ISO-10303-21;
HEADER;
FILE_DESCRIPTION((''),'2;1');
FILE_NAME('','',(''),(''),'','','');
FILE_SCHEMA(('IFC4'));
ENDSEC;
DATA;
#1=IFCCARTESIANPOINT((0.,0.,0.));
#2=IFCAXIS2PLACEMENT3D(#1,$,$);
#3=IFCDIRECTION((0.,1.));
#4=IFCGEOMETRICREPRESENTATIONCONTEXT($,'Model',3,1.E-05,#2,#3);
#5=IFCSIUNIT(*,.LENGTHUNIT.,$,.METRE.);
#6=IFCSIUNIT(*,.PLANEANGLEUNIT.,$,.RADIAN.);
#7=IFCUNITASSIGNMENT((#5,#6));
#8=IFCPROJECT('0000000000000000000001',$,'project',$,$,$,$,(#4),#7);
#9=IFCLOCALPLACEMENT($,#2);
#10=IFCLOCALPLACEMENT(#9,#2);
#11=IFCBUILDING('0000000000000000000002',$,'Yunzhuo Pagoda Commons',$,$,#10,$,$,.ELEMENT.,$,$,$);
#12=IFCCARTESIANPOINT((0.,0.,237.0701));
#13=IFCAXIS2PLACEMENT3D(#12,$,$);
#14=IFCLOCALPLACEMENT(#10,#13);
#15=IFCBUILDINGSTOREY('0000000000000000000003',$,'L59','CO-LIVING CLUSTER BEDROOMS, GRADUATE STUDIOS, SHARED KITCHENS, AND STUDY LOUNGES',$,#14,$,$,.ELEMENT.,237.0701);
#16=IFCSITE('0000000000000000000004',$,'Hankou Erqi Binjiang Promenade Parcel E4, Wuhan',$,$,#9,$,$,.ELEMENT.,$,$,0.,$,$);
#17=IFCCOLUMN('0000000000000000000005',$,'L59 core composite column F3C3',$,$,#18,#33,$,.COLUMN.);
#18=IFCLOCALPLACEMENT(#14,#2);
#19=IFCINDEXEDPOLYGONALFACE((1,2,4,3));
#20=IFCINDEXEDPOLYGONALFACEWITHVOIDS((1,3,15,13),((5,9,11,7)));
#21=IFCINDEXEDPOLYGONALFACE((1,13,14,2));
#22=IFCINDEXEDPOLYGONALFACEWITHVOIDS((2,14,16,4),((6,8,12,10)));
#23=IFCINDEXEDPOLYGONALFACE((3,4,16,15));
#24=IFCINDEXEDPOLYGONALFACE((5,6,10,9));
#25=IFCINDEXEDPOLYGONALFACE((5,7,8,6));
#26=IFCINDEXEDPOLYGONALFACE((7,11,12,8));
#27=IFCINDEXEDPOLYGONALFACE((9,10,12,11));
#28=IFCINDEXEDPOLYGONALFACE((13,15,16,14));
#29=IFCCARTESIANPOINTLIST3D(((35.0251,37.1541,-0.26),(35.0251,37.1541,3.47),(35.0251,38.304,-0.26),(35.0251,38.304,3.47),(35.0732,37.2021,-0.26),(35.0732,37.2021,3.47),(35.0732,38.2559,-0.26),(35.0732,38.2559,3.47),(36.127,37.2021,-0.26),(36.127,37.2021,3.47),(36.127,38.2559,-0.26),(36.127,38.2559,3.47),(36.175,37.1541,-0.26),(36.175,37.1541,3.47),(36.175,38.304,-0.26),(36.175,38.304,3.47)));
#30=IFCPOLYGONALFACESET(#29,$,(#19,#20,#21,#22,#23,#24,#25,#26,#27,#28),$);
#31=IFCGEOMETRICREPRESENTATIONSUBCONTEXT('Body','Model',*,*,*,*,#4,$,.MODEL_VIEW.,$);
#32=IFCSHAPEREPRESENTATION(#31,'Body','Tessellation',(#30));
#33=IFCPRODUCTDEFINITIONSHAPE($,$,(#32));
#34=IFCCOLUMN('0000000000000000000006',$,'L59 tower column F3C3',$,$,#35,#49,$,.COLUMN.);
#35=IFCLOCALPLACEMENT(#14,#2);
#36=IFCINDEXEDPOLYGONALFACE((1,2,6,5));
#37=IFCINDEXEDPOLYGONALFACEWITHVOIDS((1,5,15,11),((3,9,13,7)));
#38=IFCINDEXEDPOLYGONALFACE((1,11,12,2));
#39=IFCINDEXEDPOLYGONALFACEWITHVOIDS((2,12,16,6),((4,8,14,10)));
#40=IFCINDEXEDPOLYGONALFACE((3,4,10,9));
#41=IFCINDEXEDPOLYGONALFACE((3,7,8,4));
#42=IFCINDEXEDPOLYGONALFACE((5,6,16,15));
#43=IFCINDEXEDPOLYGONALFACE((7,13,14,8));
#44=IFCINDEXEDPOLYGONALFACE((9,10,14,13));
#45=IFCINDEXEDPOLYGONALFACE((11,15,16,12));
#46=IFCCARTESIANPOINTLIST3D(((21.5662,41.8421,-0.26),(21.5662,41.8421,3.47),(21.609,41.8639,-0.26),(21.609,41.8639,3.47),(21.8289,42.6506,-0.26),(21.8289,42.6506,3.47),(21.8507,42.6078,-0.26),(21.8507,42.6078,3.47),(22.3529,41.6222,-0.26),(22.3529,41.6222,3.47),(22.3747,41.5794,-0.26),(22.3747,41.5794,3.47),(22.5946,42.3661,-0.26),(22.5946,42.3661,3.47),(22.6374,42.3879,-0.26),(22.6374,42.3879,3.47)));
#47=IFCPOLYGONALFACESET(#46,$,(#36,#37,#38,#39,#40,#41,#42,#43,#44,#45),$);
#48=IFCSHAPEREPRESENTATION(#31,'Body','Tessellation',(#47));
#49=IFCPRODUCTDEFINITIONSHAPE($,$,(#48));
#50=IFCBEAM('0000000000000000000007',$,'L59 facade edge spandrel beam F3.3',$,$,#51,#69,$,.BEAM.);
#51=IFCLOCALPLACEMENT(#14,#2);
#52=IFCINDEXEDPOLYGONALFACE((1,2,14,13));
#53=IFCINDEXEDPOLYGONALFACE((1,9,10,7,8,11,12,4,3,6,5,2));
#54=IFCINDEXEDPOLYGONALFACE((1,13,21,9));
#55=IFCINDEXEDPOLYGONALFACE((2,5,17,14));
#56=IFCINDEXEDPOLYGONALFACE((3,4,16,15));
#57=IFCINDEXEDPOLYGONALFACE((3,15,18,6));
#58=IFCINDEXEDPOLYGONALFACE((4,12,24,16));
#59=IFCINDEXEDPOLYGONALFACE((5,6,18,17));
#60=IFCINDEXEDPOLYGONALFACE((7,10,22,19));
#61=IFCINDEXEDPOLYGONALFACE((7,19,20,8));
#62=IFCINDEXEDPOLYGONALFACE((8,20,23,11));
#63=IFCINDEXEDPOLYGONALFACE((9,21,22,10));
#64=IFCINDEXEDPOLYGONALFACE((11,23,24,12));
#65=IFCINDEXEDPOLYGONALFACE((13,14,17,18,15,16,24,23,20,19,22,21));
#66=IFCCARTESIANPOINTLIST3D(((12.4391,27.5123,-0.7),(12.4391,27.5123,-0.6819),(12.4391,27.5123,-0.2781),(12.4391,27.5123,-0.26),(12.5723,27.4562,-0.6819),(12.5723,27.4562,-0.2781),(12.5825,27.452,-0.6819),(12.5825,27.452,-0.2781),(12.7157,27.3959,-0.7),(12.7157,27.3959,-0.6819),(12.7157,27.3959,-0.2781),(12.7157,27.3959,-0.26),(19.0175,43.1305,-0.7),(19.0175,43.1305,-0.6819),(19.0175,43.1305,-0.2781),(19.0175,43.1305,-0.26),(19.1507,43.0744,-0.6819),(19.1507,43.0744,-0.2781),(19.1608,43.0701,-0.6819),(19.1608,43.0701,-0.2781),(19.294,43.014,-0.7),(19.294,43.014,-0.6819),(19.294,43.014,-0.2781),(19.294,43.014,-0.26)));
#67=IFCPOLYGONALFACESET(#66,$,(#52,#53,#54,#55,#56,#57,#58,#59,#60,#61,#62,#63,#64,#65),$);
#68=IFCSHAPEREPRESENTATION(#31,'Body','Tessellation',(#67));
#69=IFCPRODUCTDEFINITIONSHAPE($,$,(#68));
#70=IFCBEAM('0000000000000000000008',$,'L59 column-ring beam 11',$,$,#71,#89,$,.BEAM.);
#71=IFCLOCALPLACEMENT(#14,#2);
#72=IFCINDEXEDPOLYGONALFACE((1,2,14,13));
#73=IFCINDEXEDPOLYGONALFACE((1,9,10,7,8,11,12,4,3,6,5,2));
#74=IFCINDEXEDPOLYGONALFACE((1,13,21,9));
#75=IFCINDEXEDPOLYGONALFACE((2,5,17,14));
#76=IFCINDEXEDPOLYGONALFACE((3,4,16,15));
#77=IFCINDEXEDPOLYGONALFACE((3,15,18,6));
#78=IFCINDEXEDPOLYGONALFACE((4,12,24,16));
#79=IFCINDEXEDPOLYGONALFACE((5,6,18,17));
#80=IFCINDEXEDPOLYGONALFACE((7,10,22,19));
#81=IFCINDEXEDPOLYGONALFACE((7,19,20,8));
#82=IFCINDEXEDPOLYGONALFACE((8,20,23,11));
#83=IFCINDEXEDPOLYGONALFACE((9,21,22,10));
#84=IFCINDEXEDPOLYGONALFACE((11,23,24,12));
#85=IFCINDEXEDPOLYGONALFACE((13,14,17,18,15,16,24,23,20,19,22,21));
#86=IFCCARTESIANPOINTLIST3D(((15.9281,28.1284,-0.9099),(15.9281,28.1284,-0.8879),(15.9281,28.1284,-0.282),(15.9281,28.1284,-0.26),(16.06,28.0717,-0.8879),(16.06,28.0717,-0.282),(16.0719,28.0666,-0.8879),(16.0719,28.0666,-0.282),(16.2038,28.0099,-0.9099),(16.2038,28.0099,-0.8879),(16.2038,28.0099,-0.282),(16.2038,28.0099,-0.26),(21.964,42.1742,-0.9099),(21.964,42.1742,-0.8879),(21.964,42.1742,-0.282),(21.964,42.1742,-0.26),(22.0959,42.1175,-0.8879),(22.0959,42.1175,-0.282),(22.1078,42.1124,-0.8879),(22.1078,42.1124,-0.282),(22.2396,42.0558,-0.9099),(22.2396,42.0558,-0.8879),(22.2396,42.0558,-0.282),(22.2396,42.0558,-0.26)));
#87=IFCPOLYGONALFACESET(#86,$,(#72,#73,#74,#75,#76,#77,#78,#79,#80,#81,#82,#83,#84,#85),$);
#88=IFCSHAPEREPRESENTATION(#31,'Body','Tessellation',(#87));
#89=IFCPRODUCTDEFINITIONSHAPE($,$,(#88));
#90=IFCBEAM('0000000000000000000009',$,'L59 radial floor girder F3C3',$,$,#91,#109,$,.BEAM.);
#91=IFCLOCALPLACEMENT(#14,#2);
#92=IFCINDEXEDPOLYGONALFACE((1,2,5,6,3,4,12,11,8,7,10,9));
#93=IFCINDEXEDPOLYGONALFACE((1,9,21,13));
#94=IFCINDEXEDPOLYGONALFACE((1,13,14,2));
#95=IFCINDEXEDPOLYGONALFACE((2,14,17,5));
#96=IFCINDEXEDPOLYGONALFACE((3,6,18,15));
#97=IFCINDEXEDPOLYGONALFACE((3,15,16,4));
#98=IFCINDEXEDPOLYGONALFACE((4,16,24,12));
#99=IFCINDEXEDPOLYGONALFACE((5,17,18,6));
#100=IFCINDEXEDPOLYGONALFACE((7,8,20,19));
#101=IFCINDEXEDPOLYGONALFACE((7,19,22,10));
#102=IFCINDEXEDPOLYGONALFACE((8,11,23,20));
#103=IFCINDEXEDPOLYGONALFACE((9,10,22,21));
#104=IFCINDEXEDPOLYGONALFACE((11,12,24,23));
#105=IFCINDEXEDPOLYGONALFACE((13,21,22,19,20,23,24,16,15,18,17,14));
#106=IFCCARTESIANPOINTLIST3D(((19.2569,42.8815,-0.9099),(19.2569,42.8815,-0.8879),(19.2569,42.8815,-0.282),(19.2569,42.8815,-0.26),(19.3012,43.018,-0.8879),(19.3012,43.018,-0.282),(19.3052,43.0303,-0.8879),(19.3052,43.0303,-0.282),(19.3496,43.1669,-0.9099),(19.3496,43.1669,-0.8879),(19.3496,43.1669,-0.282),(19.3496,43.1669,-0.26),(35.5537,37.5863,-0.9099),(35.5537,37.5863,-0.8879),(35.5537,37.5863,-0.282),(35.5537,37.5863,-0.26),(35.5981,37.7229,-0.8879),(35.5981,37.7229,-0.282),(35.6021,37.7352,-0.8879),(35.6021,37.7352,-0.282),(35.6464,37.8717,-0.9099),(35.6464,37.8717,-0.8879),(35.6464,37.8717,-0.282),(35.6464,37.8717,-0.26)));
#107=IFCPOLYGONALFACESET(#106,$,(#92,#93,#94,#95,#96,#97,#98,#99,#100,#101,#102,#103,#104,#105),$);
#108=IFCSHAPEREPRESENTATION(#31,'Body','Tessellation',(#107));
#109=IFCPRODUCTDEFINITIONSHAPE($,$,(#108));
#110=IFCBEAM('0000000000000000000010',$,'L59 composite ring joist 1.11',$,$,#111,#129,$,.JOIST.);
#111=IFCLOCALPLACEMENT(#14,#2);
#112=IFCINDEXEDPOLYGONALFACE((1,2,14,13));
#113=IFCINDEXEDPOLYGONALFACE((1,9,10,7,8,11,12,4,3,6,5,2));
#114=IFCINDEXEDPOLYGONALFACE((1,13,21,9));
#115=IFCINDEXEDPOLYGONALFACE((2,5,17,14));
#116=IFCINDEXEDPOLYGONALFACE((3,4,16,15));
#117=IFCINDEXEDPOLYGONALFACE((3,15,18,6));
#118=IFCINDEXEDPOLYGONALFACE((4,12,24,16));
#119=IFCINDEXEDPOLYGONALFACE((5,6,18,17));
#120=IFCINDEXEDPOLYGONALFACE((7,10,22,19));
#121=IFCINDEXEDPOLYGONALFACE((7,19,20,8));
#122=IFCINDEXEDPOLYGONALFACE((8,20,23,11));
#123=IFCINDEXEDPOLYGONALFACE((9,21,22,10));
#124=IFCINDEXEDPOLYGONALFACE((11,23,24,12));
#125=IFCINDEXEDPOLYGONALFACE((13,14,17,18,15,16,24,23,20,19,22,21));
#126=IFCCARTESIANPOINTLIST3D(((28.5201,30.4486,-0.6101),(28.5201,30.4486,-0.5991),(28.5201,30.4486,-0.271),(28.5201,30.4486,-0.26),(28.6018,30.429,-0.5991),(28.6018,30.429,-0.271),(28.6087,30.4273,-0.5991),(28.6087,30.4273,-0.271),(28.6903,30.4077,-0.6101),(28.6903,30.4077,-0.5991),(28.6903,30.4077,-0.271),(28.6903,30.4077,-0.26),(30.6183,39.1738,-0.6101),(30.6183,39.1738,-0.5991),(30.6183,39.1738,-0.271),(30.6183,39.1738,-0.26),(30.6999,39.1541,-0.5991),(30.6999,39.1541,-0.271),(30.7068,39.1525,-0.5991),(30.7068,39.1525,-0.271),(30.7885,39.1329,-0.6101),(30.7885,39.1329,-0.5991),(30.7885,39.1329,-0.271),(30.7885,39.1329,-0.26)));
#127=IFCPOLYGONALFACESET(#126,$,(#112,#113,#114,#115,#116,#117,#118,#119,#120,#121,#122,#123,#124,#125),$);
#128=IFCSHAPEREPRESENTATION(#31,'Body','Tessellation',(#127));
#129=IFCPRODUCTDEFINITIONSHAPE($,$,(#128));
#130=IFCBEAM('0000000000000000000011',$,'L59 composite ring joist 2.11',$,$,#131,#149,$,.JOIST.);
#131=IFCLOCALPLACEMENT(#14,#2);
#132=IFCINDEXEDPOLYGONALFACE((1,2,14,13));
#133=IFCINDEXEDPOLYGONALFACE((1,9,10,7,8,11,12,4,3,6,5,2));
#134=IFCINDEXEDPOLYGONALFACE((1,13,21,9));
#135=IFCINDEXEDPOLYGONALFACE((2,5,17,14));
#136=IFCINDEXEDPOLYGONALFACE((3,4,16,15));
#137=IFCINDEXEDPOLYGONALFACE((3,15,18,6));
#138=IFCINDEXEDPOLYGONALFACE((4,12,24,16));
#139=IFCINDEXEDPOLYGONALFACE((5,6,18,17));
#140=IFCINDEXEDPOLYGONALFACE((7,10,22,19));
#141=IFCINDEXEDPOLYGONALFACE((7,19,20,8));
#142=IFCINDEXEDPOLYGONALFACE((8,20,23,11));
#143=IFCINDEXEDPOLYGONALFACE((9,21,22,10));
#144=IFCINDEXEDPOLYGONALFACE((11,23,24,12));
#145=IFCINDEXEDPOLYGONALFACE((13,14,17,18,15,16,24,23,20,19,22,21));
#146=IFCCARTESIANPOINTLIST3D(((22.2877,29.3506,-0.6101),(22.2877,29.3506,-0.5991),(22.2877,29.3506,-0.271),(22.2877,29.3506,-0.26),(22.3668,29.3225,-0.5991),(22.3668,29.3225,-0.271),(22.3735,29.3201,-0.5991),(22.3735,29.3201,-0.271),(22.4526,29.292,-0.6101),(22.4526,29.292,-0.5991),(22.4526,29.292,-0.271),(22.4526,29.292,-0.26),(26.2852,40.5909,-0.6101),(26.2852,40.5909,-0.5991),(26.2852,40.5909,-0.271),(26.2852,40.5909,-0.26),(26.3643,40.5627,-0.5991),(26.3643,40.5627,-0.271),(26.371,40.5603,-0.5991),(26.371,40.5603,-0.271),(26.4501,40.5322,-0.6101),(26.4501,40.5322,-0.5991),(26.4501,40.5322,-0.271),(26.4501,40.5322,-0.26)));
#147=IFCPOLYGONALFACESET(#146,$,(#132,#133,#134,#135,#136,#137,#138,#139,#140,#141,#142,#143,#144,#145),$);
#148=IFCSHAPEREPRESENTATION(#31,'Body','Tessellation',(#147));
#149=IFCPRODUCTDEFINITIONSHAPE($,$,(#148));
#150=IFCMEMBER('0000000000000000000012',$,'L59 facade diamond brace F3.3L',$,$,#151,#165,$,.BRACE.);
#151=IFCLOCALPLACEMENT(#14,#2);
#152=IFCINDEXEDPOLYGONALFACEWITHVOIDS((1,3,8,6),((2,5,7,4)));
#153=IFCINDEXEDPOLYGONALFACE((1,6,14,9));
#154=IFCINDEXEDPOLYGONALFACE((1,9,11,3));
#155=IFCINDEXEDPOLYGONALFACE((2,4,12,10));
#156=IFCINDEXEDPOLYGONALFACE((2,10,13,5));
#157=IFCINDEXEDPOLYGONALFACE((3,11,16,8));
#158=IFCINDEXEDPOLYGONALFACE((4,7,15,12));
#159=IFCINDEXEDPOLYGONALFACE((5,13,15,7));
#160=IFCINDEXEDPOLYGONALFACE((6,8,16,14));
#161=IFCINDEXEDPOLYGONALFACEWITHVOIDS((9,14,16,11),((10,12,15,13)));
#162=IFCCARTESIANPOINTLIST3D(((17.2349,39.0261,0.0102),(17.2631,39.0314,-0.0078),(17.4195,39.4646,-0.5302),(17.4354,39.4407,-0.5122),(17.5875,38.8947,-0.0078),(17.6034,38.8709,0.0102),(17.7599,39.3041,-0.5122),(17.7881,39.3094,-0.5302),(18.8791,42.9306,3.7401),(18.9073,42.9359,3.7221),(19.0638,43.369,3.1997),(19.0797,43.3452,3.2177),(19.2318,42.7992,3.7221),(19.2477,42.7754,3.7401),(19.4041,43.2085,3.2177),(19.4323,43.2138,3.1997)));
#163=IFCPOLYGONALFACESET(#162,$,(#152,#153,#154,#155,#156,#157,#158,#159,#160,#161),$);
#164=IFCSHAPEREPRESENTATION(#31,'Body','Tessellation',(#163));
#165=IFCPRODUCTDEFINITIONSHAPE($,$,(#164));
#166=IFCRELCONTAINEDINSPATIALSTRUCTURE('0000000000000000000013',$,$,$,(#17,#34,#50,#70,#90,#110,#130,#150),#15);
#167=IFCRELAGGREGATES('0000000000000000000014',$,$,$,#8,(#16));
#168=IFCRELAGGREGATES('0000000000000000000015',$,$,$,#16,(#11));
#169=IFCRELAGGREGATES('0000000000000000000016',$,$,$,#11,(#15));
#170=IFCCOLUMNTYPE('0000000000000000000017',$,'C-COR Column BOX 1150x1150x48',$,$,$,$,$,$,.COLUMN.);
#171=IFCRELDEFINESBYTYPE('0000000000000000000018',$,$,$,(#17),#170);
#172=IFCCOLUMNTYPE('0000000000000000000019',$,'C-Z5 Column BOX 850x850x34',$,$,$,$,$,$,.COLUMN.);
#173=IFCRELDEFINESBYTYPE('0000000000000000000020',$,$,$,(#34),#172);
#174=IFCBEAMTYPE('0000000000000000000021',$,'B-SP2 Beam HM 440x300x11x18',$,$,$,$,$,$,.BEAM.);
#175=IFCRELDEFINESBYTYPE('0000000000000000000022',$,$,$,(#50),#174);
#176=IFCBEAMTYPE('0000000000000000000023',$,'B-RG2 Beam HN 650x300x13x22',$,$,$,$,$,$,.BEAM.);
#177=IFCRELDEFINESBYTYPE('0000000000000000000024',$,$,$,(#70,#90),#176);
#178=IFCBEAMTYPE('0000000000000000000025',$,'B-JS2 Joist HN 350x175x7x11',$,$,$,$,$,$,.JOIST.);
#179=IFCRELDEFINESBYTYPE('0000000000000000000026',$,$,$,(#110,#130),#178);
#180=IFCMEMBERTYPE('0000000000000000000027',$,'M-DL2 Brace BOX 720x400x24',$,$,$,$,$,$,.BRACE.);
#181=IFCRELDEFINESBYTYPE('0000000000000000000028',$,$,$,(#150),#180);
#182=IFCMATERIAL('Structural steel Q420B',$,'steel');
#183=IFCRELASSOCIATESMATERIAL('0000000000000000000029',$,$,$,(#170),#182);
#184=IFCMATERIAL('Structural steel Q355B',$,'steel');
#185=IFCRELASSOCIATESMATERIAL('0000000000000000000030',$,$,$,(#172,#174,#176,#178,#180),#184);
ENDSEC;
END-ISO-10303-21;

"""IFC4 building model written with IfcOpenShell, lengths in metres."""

from ifc_helpers import new_model, si_unit, direction, frame, origin, origin_2d, place, context, subcontext, project, spatial, hollow_rectangle, i_section, extrude, source, transform, mapped, material, material_profile, profile_set, type_object, element, save


model = new_model("IFC4")

# Units and contexts
model_context = context("Model", 3, precision=1e-05, world=origin(), true_north=direction((0.0, 1.0)))
body_context = subcontext(model_context, "Body", "Model", "MODEL_VIEW")
ifc_project = project(units=[si_unit("LENGTHUNIT", "METRE"), si_unit("PLANEANGLEUNIT", "RADIAN")], contexts=[model_context])

# Site, building, storey
site_placement = place(None, origin())
site = spatial("IfcSite", under=ifc_project, at=site_placement, Name="Hankou Erqi Binjiang Promenade Parcel E4, Wuhan", CompositionType="ELEMENT", RefElevation=0.0)
building_placement = place(site_placement, origin())
building = spatial("IfcBuilding", under=site, at=building_placement, Name="Yunzhuo Pagoda Commons", CompositionType="ELEMENT")
storey_placement = place(building_placement, frame((0.0, 0.0, 237.0701)))
storey = spatial("IfcBuildingStorey", under=building, at=storey_placement, Name="L59", Description="CO-LIVING CLUSTER BEDROOMS, GRADUATE STUDIOS, SHARED KITCHENS, AND STUDY LOUNGES", CompositionType="ELEMENT", Elevation=237.0701)

# Columns
ifc_material_1 = material(Name="Structural steel Q420B", Category="steel")
ifc_material_profile_1 = material_profile(ifc_material_1, hollow_rectangle(XDim=1.1499, YDim=1.1499, WallThickness=0.0481, at=origin_2d()), Name="Structural steel Q420B")
ifc_profile_set_1 = profile_set([ifc_material_profile_1], Name="Structural steel Q420B")
column_type_1 = type_object("IfcColumnType", Name="C-COR Column BOX 1150x1150x48", PredefinedType="COLUMN", material=ifc_profile_set_1)
shared_shape_1 = source(origin(), body_context, "Body", "SweptSolid", [
    extrude(hollow_rectangle(XDim=1.1499, YDim=1.1499, WallThickness=0.0481, at=origin_2d()), origin(), (0.0, 0.0, 1.0), 3.73),
])
column_1_placement = place(storey_placement, frame((35.6001, 37.729, -0.26), z_axis=(0.0, 0.0, 1.0), x_axis=(1.0, 0.0, 0.0)))
element("IfcColumn", 1, at=column_1_placement, inside=storey, type_object=column_type_1, Name="L59 core composite column F3C3", PredefinedType="COLUMN", context=body_context, shape_type="MappedRepresentation", body=[
    mapped(shared_shape_1, transform((0.0, 0.0, 0.0), scale=1.0)),
])
ifc_material_2 = material(Name="Structural steel Q355B", Category="steel")
ifc_material_profile_2 = material_profile(ifc_material_2, hollow_rectangle(XDim=0.8501, YDim=0.8501, WallThickness=0.0339, at=origin_2d()), Name="Structural steel Q355B")
ifc_profile_set_2 = profile_set([ifc_material_profile_2], Name="Structural steel Q355B")
column_type_2 = type_object("IfcColumnType", Name="C-Z5 Column BOX 850x850x34", PredefinedType="COLUMN", material=ifc_profile_set_2)
shared_shape_2 = source(origin(), body_context, "Body", "SweptSolid", [
    extrude(hollow_rectangle(XDim=0.8501, YDim=0.8501, WallThickness=0.0339, at=origin_2d()), origin(), (0.0, 0.0, 1.0), 3.73),
])
column_2_placement = place(storey_placement, frame((22.1018, 42.115, -0.26), z_axis=(0.0, 0.0, 1.0), x_axis=(-0.309017, -0.951057, 0.0)))
element("IfcColumn", 2, at=column_2_placement, inside=storey, type_object=column_type_2, Name="L59 tower column F3C3", PredefinedType="COLUMN", context=body_context, shape_type="MappedRepresentation", body=[
    mapped(shared_shape_2, transform((0.0, 0.0, 0.0), scale=1.0)),
])

# Beams
ifc_material_profile_3 = material_profile(ifc_material_2, i_section(OverallWidth=0.3, OverallDepth=0.4399, WebThickness=0.011, FlangeThickness=0.0181, at=origin_2d()), Name="Structural steel Q355B")
ifc_profile_set_3 = profile_set([ifc_material_profile_3], Name="Structural steel Q355B")
beam_type_1 = type_object("IfcBeamType", Name="B-SP2 Beam HM 440x300x11x18", PredefinedType="BEAM", material=ifc_profile_set_3)
shared_shape_3 = source(origin(), body_context, "Body", "SweptSolid", [
    extrude(i_section(OverallWidth=0.3, OverallDepth=0.4399, WebThickness=0.011, FlangeThickness=0.0181, at=origin_2d()), origin(), (0.0, 0.0, 1.0), 16.947),
])
beam_1_placement = place(storey_placement, frame((19.1558, 43.0723, -0.48), z_axis=(-0.388172, -0.921587, 0.0), x_axis=(0.921587, -0.388172, 0.0)))
element("IfcBeam", 3, at=beam_1_placement, inside=storey, type_object=beam_type_1, Name="L59 facade edge spandrel beam F3.3", PredefinedType="BEAM", context=body_context, shape_type="MappedRepresentation", body=[
    mapped(shared_shape_3, transform((0.0, 0.0, 0.0), scale=1.0)),
])
ifc_material_profile_4 = material_profile(ifc_material_2, i_section(OverallWidth=0.3, OverallDepth=0.6499, WebThickness=0.0129, FlangeThickness=0.022, at=origin_2d()), Name="Structural steel Q355B")
ifc_profile_set_4 = profile_set([ifc_material_profile_4], Name="Structural steel Q355B")
beam_type_2 = type_object("IfcBeamType", Name="B-RG2 Beam HN 650x300x13x22", PredefinedType="BEAM", material=ifc_profile_set_4)
shared_shape_4 = source(origin(), body_context, "Body", "SweptSolid", [
    extrude(i_section(OverallWidth=0.3, OverallDepth=0.6499, WebThickness=0.0129, FlangeThickness=0.022, at=origin_2d()), origin(), (0.0, 0.0, 1.0), 15.2878),
])
beam_2_placement = place(storey_placement, frame((22.1018, 42.115, -0.585), z_axis=(-0.394815, -0.91876, 0.0), x_axis=(0.91876, -0.394815, 0.0)))
element("IfcBeam", 4, at=beam_2_placement, inside=storey, type_object=beam_type_2, Name="L59 column-ring beam 11", PredefinedType="BEAM", context=body_context, shape_type="MappedRepresentation", body=[
    mapped(shared_shape_4, transform((0.0, 0.0, 0.0), scale=1.0)),
])
shared_shape_5 = source(origin(), body_context, "Body", "SweptSolid", [
    extrude(i_section(OverallWidth=0.3, OverallDepth=0.6499, WebThickness=0.0129, FlangeThickness=0.022, at=origin_2d()), origin(), (0.0, 0.0, 1.0), 17.1355),
])
beam_3_placement = place(storey_placement, frame((19.3032, 43.0242, -0.585), z_axis=(0.951057, -0.309016, 0.0), x_axis=(0.309016, 0.951057, 0.0)))
element("IfcBeam", 5, at=beam_3_placement, inside=storey, type_object=beam_type_2, Name="L59 radial floor girder F3C3", PredefinedType="BEAM", context=body_context, shape_type="MappedRepresentation", body=[
    mapped(shared_shape_5, transform((0.0, 0.0, 0.0), scale=1.0)),
])
ifc_material_profile_5 = material_profile(ifc_material_2, i_section(OverallWidth=0.175, OverallDepth=0.3501, WebThickness=0.0071, FlangeThickness=0.011, at=origin_2d()), Name="Structural steel Q355B")
ifc_profile_set_5 = profile_set([ifc_material_profile_5], Name="Structural steel Q355B")
beam_type_3 = type_object("IfcBeamType", Name="B-JS2 Joist HN 350x175x7x11", PredefinedType="JOIST", material=ifc_profile_set_5)
shared_shape_6 = source(origin(), body_context, "Body", "SweptSolid", [
    extrude(i_section(OverallWidth=0.175, OverallDepth=0.3501, WebThickness=0.0071, FlangeThickness=0.011, at=origin_2d()), origin(), (0.0, 0.0, 1.0), 8.9739),
])
beam_4_placement = place(storey_placement, frame((30.7034, 39.1533, -0.4351), z_axis=(-0.233807, -0.972283, 0.0), x_axis=(0.972283, -0.233807, 0.0)))
element("IfcBeam", 6, at=beam_4_placement, inside=storey, type_object=beam_type_3, Name="L59 composite ring joist 1.11", PredefinedType="JOIST", context=body_context, shape_type="MappedRepresentation", body=[
    mapped(shared_shape_6, transform((0.0, 0.0, 0.0), scale=1.0)),
])
shared_shape_7 = source(origin(), body_context, "Body", "SweptSolid", [
    extrude(i_section(OverallWidth=0.175, OverallDepth=0.3501, WebThickness=0.0071, FlangeThickness=0.011, at=origin_2d()), origin(), (0.0, 0.0, 1.0), 11.9299),
])
beam_5_placement = place(storey_placement, frame((26.3677, 40.5615, -0.4351), z_axis=(-0.335086, -0.942187, 0.0), x_axis=(0.942187, -0.335086, 0.0)))
element("IfcBeam", 7, at=beam_5_placement, inside=storey, type_object=beam_type_3, Name="L59 composite ring joist 2.11", PredefinedType="JOIST", context=body_context, shape_type="MappedRepresentation", body=[
    mapped(shared_shape_7, transform((0.0, 0.0, 0.0), scale=1.0)),
])

# Member
ifc_material_profile_6 = material_profile(ifc_material_2, hollow_rectangle(XDim=0.3999, YDim=0.72, WallThickness=0.0239, at=origin_2d()), Name="Structural steel Q355B")
ifc_profile_set_6 = profile_set([ifc_material_profile_6], Name="Structural steel Q355B")
member_type_1 = type_object("IfcMemberType", Name="M-DL2 Brace BOX 720x400x24", PredefinedType="BRACE", material=ifc_profile_set_6)
shared_shape_8 = source(origin(), body_context, "Body", "SweptSolid", [
    extrude(hollow_rectangle(XDim=0.3999, YDim=0.72, WallThickness=0.0239, at=origin_2d()), origin(), (0.0, 0.0, 1.0), 5.6445),
])
member_1_placement = place(storey_placement, frame((17.5115, 39.1677, -0.26), z_axis=(0.291301, 0.691726, 0.660801), x_axis=(-0.921613, 0.388111, 0.0)))
element("IfcMember", 8, at=member_1_placement, inside=storey, type_object=member_type_1, Name="L59 facade diamond brace F3.3L", PredefinedType="BRACE", context=body_context, shape_type="MappedRepresentation", body=[
    mapped(shared_shape_8, transform((0.0, 0.0, 0.0), scale=1.0)),
])

save(model, "model.ifc")
